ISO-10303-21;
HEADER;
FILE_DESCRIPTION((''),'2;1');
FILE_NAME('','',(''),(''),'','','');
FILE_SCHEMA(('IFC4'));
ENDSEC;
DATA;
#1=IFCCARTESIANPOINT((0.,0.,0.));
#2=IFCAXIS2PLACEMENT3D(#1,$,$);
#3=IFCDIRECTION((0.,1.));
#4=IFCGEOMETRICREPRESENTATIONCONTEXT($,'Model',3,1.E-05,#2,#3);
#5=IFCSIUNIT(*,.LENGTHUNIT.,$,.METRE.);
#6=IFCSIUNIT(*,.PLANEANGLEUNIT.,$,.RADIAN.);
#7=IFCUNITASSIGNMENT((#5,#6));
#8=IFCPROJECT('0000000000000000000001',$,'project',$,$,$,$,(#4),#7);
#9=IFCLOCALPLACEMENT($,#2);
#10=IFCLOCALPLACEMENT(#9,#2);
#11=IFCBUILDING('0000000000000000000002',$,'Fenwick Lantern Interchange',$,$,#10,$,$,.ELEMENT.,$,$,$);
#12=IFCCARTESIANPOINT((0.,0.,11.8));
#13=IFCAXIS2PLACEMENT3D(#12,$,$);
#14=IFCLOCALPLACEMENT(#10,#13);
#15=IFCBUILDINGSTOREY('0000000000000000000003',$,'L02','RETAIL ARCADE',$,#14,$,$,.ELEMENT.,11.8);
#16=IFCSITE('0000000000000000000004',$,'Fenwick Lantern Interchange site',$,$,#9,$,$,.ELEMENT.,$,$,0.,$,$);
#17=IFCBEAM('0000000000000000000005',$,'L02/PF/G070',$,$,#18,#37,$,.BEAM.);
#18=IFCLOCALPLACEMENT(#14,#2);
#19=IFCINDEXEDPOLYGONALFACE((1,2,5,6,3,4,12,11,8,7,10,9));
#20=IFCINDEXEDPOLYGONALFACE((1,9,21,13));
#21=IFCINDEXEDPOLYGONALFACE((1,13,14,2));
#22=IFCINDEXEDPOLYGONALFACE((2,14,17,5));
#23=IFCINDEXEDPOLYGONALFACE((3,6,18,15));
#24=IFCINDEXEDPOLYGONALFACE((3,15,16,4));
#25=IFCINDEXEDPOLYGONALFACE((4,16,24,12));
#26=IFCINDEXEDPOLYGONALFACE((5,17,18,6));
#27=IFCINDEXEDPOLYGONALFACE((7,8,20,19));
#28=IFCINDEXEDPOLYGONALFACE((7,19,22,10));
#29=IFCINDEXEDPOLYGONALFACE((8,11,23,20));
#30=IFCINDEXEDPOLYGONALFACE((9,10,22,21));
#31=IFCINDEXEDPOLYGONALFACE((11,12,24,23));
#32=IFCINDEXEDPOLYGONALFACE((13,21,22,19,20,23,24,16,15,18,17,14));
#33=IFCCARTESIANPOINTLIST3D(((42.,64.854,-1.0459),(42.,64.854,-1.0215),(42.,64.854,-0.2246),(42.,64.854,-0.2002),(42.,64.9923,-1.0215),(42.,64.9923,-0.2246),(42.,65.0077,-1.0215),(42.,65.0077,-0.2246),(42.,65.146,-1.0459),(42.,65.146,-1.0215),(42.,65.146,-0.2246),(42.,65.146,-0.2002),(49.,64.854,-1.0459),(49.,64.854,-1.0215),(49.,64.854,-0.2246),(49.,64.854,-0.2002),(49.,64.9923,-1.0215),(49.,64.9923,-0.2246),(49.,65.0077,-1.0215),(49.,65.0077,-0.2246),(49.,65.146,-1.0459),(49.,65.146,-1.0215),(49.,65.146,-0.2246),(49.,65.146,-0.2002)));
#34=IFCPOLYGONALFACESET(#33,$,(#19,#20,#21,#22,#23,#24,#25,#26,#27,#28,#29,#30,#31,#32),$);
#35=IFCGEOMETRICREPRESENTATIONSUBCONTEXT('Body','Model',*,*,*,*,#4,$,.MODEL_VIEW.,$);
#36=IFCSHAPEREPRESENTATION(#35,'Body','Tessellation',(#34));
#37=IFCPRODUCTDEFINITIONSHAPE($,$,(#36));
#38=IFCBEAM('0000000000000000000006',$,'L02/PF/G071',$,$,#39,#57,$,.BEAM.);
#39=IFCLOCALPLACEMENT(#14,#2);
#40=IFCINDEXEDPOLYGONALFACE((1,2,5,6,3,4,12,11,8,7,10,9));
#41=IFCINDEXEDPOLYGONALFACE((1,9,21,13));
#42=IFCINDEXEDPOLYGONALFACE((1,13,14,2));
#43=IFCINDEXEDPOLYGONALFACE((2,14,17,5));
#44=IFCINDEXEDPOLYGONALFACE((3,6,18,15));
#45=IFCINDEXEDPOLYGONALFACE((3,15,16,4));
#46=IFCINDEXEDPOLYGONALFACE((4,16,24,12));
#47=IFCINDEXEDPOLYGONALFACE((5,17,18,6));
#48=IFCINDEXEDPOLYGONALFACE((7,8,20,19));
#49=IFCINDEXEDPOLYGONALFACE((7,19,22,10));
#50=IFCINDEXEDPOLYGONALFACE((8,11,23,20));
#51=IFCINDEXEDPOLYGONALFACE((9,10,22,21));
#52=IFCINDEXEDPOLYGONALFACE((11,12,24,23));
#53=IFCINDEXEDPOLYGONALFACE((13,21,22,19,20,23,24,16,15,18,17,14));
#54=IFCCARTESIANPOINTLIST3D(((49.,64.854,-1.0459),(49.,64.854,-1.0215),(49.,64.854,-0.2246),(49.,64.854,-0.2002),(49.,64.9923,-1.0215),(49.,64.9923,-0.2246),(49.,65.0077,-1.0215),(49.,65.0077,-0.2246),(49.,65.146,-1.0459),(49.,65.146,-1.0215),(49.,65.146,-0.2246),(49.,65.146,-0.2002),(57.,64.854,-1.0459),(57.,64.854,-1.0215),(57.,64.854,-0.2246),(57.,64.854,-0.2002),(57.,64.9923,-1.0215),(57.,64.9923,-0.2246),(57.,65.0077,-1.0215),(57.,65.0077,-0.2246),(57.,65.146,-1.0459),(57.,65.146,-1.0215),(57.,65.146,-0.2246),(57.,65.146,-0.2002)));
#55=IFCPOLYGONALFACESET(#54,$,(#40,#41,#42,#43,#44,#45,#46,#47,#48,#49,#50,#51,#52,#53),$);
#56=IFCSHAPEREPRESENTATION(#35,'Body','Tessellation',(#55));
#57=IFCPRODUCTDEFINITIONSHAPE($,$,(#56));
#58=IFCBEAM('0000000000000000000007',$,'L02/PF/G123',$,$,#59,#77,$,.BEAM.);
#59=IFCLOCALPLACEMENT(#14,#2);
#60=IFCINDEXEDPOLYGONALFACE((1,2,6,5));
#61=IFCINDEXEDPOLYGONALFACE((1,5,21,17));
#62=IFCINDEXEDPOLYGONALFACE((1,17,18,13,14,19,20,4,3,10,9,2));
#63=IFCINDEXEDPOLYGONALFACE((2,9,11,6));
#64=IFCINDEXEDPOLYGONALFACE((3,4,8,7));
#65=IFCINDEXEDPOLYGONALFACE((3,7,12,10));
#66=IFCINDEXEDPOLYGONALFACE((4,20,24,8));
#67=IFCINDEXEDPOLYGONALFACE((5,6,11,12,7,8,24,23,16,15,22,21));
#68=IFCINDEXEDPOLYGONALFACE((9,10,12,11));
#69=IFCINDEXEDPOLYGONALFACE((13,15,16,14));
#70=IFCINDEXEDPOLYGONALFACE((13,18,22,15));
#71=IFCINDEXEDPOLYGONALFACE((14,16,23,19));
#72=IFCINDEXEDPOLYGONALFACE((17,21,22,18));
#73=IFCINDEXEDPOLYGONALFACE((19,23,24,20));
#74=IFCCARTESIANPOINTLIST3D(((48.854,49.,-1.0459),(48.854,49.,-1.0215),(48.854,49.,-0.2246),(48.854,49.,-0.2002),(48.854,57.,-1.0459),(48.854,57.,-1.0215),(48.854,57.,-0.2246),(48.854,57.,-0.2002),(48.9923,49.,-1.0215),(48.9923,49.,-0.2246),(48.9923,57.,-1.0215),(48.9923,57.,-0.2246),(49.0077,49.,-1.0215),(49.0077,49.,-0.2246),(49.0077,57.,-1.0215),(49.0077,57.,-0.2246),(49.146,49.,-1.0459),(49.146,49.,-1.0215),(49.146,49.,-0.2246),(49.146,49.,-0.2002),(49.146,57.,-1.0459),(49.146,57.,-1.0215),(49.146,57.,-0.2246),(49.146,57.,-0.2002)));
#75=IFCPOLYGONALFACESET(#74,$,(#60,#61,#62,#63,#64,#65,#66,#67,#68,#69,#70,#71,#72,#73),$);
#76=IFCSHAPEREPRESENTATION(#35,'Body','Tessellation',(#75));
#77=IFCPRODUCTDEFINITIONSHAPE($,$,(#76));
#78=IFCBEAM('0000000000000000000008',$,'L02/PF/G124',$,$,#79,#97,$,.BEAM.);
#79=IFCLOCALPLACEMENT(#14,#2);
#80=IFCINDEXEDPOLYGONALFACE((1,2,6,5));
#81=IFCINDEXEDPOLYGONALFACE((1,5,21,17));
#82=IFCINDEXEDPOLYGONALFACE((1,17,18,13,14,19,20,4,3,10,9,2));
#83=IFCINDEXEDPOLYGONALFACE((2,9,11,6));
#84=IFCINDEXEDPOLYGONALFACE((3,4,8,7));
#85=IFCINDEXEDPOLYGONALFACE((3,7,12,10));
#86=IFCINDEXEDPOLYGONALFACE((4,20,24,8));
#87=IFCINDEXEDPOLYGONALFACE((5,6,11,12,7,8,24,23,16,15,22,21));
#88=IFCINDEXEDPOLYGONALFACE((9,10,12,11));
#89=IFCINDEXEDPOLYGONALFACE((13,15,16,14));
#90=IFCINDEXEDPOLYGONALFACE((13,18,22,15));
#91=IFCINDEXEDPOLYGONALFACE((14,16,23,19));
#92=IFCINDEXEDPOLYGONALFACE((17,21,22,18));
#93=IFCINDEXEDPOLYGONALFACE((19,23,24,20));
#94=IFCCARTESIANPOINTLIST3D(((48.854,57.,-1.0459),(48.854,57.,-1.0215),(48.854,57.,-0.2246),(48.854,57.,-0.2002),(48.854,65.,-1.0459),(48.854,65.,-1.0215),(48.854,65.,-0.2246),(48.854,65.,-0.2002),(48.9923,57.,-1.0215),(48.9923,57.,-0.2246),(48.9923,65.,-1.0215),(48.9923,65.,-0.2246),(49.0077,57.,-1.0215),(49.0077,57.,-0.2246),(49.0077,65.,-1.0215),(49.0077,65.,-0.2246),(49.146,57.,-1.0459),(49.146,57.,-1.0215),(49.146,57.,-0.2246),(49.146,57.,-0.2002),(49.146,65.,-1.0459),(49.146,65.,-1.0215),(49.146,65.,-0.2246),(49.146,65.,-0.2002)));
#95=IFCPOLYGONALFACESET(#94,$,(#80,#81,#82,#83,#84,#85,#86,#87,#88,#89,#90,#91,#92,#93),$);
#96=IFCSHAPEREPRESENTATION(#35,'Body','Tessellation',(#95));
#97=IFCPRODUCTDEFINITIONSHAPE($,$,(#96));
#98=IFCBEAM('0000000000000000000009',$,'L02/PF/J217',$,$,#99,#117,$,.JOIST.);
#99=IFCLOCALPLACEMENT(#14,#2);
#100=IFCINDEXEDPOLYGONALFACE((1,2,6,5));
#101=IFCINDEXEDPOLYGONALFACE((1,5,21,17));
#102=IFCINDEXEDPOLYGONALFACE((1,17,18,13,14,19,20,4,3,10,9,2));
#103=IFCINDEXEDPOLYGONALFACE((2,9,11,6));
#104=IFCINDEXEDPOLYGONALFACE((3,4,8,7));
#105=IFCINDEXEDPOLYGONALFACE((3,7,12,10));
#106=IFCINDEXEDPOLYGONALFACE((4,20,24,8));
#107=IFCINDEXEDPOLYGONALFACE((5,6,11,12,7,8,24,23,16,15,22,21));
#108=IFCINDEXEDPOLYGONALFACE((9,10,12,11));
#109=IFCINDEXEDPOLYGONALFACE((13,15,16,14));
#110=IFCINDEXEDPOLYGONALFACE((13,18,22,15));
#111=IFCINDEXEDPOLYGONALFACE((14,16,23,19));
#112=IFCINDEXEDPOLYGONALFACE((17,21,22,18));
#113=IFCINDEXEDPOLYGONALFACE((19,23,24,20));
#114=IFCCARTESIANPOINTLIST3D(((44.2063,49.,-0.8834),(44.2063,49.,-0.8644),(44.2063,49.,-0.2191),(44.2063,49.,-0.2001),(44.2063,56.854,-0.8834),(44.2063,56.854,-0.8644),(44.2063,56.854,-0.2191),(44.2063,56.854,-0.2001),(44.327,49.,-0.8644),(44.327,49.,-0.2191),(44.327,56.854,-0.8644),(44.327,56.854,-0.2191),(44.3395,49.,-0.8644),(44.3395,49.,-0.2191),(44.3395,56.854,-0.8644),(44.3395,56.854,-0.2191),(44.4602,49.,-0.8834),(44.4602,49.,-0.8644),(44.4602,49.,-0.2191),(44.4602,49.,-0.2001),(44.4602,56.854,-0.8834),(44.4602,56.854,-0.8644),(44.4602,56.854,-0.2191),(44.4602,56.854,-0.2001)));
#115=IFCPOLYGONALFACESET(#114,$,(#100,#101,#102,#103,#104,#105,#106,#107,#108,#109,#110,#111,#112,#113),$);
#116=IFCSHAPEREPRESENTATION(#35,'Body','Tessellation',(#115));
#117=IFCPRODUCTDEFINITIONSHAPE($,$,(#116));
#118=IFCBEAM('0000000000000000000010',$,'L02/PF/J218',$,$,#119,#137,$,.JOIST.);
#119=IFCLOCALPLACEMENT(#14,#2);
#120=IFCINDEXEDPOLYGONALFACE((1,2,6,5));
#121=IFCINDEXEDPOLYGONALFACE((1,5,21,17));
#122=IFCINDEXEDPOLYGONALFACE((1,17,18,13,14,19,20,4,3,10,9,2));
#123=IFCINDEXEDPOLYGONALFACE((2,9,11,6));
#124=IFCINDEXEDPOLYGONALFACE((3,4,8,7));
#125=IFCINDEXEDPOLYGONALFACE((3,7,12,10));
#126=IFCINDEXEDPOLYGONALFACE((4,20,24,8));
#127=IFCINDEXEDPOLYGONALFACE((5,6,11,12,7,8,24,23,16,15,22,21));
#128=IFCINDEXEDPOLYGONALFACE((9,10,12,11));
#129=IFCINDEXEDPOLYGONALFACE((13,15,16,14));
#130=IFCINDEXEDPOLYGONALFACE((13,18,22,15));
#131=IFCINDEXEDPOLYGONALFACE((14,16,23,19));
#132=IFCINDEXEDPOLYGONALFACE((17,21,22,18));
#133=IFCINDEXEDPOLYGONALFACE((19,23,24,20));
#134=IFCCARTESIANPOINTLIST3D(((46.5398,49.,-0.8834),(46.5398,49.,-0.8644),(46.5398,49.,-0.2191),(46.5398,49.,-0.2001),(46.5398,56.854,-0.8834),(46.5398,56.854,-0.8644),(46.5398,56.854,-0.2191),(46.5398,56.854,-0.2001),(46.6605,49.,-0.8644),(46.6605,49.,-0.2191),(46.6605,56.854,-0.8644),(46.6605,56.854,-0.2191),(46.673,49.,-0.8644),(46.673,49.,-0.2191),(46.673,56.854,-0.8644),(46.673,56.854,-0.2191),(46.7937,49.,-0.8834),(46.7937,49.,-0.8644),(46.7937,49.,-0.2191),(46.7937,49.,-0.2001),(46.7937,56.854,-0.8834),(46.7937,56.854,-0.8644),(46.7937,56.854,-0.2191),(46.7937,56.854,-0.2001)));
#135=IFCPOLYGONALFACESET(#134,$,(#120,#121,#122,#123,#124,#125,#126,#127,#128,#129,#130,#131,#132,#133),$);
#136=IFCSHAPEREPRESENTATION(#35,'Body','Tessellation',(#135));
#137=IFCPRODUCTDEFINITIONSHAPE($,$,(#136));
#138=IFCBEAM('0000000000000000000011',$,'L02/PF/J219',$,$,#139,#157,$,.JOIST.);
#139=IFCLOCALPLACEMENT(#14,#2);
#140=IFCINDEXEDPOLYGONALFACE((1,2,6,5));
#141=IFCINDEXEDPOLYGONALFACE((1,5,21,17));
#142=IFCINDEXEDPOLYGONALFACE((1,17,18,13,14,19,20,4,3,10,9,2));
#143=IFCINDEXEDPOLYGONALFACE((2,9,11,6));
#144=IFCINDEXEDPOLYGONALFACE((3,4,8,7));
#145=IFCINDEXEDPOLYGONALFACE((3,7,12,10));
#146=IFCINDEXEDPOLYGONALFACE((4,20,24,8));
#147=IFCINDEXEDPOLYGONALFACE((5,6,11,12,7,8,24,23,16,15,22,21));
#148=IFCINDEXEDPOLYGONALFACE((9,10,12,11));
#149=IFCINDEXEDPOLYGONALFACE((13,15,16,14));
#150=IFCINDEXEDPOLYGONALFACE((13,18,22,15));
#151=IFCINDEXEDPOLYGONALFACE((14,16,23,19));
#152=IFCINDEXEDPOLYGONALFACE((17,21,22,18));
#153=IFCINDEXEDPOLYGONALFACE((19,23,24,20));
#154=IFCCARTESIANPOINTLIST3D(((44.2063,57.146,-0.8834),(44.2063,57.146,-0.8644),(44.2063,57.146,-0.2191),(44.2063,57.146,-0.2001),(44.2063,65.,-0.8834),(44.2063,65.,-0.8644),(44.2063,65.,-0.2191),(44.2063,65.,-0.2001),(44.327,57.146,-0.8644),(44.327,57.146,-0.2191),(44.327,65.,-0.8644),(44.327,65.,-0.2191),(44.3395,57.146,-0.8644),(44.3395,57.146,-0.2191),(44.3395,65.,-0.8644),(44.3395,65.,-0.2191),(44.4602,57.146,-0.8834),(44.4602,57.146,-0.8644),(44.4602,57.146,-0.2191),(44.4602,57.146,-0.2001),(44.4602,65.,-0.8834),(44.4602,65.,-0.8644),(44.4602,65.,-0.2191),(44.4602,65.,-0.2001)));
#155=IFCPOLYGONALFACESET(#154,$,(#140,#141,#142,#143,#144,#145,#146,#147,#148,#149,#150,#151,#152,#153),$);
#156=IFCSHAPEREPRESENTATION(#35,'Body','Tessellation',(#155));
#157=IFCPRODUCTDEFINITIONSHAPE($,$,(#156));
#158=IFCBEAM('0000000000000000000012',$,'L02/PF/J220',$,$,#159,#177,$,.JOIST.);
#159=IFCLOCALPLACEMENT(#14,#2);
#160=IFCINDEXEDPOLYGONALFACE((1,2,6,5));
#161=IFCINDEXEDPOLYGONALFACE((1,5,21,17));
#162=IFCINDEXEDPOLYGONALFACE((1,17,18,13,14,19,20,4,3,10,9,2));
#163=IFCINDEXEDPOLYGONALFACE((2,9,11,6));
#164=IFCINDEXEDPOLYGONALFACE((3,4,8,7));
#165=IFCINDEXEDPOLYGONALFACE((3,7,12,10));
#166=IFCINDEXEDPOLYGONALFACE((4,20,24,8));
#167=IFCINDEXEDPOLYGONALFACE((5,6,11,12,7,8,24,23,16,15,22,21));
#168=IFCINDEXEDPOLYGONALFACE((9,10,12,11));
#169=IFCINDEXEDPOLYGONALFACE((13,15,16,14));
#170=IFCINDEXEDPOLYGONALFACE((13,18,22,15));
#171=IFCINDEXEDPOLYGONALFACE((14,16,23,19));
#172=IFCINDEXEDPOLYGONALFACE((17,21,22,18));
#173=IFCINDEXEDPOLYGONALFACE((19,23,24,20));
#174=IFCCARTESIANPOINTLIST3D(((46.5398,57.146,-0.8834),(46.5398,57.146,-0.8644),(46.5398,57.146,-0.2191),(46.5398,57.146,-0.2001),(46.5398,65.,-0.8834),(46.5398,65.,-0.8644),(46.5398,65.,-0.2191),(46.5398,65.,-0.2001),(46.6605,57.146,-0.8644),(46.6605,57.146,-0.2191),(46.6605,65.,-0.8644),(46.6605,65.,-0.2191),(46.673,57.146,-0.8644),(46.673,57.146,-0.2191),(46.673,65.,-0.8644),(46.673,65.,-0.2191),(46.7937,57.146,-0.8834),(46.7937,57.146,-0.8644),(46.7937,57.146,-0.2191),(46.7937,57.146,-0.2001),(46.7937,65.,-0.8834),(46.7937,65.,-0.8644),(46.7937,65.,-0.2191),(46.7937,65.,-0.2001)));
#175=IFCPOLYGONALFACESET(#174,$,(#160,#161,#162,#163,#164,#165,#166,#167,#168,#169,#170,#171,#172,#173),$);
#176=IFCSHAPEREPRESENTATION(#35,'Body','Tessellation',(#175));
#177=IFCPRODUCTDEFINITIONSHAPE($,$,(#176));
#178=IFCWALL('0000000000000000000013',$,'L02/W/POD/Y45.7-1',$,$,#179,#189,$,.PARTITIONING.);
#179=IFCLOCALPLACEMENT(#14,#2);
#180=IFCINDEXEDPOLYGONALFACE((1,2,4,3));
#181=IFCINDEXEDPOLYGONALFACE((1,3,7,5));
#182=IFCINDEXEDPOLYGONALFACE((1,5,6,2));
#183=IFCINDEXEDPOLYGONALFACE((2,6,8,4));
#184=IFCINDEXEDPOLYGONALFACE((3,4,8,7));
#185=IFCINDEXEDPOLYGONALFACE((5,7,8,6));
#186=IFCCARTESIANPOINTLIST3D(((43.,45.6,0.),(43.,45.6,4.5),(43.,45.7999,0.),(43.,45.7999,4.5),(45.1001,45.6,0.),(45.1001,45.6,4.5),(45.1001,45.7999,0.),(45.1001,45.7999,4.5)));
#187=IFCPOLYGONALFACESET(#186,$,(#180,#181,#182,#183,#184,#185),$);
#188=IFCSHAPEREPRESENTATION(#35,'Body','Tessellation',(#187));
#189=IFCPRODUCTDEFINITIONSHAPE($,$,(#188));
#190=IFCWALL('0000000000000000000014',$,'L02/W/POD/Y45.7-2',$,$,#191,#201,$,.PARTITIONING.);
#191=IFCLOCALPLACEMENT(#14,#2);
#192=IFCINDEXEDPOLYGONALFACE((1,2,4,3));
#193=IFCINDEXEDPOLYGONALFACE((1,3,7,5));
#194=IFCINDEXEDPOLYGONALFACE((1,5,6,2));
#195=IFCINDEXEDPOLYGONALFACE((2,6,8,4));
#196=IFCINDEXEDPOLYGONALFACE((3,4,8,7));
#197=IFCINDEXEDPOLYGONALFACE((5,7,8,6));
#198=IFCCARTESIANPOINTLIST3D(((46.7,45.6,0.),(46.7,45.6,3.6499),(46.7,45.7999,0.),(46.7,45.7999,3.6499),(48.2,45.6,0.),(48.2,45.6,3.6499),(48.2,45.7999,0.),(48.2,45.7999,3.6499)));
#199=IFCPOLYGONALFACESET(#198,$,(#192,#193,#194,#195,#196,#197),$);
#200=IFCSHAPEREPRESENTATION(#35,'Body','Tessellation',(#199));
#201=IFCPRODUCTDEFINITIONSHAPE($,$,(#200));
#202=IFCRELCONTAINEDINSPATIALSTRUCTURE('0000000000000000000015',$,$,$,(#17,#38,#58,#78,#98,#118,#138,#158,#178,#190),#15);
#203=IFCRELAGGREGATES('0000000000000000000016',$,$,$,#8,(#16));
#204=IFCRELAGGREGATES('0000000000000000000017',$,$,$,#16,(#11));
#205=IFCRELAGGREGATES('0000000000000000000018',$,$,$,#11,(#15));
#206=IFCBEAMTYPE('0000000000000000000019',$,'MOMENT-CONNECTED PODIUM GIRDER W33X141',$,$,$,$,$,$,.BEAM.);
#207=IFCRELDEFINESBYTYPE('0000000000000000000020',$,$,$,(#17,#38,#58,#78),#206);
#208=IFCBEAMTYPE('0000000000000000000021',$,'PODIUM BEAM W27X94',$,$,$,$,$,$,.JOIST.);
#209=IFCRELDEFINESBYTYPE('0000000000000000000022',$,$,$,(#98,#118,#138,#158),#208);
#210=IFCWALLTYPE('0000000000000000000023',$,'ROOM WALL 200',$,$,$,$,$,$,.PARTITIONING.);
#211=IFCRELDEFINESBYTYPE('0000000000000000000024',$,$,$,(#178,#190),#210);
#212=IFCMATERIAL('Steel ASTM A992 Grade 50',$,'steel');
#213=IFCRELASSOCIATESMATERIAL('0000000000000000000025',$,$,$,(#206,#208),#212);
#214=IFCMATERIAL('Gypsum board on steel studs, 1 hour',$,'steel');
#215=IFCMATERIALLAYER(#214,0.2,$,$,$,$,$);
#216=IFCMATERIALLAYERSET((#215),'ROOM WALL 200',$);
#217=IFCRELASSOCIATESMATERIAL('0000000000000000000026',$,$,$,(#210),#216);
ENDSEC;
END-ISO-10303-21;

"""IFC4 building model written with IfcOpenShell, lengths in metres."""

from ifc_helpers import new_model, si_unit, direction, frame, frame_2d, origin, origin_2d, place, context, subcontext, project, spatial, rectangle, i_section, extrude, material, layer, layer_set, material_profile, profile_set, type_object, element, save


model = new_model("IFC4")

# Units and contexts
model_context = context("Model", 3, precision=1e-05, world=origin(), true_north=direction((0.0, 1.0)))
body_context = subcontext(model_context, "Body", "Model", "MODEL_VIEW")
ifc_project = project(units=[si_unit("LENGTHUNIT", "METRE"), si_unit("PLANEANGLEUNIT", "RADIAN")], contexts=[model_context])

# Site, building, storey
site_placement = place(None, origin())
site = spatial("IfcSite", under=ifc_project, at=site_placement, Name="Fenwick Lantern Interchange site", CompositionType="ELEMENT", RefElevation=0.0)
building_placement = place(site_placement, origin())
building = spatial("IfcBuilding", under=site, at=building_placement, Name="Fenwick Lantern Interchange", CompositionType="ELEMENT")
storey_placement = place(building_placement, frame((0.0, 0.0, 11.8)))
storey = spatial("IfcBuildingStorey", under=building, at=storey_placement, Name="L02", Description="RETAIL ARCADE", CompositionType="ELEMENT", Elevation=11.8)

# Shared definitions
ifc_material_1 = material(Name="Steel ASTM A992 Grade 50", Category="steel")

# Beams
ifc_material_profile_1 = material_profile(ifc_material_1, i_section(OverallWidth=0.292, OverallDepth=0.8457, WebThickness=0.0154, FlangeThickness=0.0244, at=origin_2d()), Name="W33X141")
ifc_profile_set_1 = profile_set([ifc_material_profile_1], Name="Steel ASTM A992 Grade 50")
beam_type_1 = type_object("IfcBeamType", Name="MOMENT-CONNECTED PODIUM GIRDER W33X141", PredefinedType="BEAM", material=ifc_profile_set_1)
beam_1_placement = place(storey_placement, frame((42.0, 65.0, -0.623), z_axis=(1.0, 0.0, 0.0), x_axis=(0.0, 1.0, 0.0)))
element("IfcBeam", 1, at=beam_1_placement, inside=storey, type_object=beam_type_1, Name="L02/PF/G070", PredefinedType="BEAM", context=body_context, shape_type="SweptSolid", body=[
    extrude(i_section(OverallWidth=0.292, OverallDepth=0.8457, WebThickness=0.0154, FlangeThickness=0.0244, at=origin_2d()), origin(), (0.0, 0.0, 1.0), 7.0),
])
for number, where, z_axis, x_axis, name in (
    (2, (49.0, 65.0, -0.623), (1.0, 0.0, 0.0), (0.0, 1.0, 0.0), "L02/PF/G071"),
    (3, (49.0, 49.0, -0.623), (0.0, 1.0, 0.0), (-1.0, 0.0, 0.0), "L02/PF/G123"),
    (4, (49.0, 57.0, -0.623), (0.0, 1.0, 0.0), (-1.0, 0.0, 0.0), "L02/PF/G124"),
):
    element("IfcBeam", number, at=place(storey_placement, frame(where, z_axis=z_axis, x_axis=x_axis)), inside=storey, type_object=beam_type_1, Name=name, PredefinedType="BEAM", context=body_context, shape_type="SweptSolid", body=[
        extrude(i_section(OverallWidth=0.292, OverallDepth=0.8457, WebThickness=0.0154, FlangeThickness=0.0244, at=origin_2d()), origin(), (0.0, 0.0, 1.0), 8.0),
    ])
ifc_material_profile_2 = material_profile(ifc_material_1, i_section(OverallWidth=0.2539, OverallDepth=0.6833, WebThickness=0.0125, FlangeThickness=0.019, at=origin_2d()), Name="W27X94")
ifc_profile_set_2 = profile_set([ifc_material_profile_2], Name="Steel ASTM A992 Grade 50")
beam_type_2 = type_object("IfcBeamType", Name="PODIUM BEAM W27X94", PredefinedType="JOIST", material=ifc_profile_set_2)
for number, where, z_axis, x_axis, name in (
    (5, (44.3333, 49.0, -0.5417), (0.0, 1.0, 0.0), (-1.0, 0.0, 0.0), "L02/PF/J217"),
    (6, (46.6667, 49.0, -0.5417), (0.0, 1.0, 0.0), (-1.0, 0.0, 0.0), "L02/PF/J218"),
    (7, (44.3333, 57.146, -0.5417), (0.0, 1.0, 0.0), (-1.0, 0.0, 0.0), "L02/PF/J219"),
    (8, (46.6667, 57.146, -0.5417), (0.0, 1.0, 0.0), (-1.0, 0.0, 0.0), "L02/PF/J220"),
):
    element("IfcBeam", number, at=place(storey_placement, frame(where, z_axis=z_axis, x_axis=x_axis)), inside=storey, type_object=beam_type_2, Name=name, PredefinedType="JOIST", context=body_context, shape_type="SweptSolid", body=[
        extrude(i_section(OverallWidth=0.2539, OverallDepth=0.6833, WebThickness=0.0125, FlangeThickness=0.019, at=origin_2d()), origin(), (0.0, 0.0, 1.0), 7.854),
    ])

# Walls
ifc_material_2 = material(Name="Gypsum board on steel studs, 1 hour", Category="steel")
ifc_layer = layer(ifc_material_2, 0.2)
ifc_layer_set = layer_set([ifc_layer], Name="ROOM WALL 200")
wall_type = type_object("IfcWallType", Name="ROOM WALL 200", PredefinedType="PARTITIONING", material=ifc_layer_set)
wall_1_placement = place(storey_placement, frame((43.0, 45.7, 0.0), z_axis=(0.0, 0.0, 1.0), x_axis=(1.0, 0.0, 0.0)))
element("IfcWall", 9, at=wall_1_placement, inside=storey, type_object=wall_type, Name="L02/W/POD/Y45.7-1", PredefinedType="PARTITIONING", context=body_context, shape_type="SweptSolid", body=[
    extrude(rectangle(XDim=2.1001, YDim=0.2, at=frame_2d((1.05, 0.0))), origin(), (0.0, 0.0, 1.0), 4.5),
])
wall_2_placement = place(storey_placement, frame((46.7, 45.7, 0.0), z_axis=(0.0, 0.0, 1.0), x_axis=(1.0, 0.0, 0.0)))
element("IfcWall", 10, at=wall_2_placement, inside=storey, type_object=wall_type, Name="L02/W/POD/Y45.7-2", PredefinedType="PARTITIONING", context=body_context, shape_type="SweptSolid", body=[
    extrude(rectangle(XDim=1.5, YDim=0.2, at=frame_2d((0.75, 0.0))), origin(), (0.0, 0.0, 1.0), 3.6499),
])

save(model, "model.ifc")
